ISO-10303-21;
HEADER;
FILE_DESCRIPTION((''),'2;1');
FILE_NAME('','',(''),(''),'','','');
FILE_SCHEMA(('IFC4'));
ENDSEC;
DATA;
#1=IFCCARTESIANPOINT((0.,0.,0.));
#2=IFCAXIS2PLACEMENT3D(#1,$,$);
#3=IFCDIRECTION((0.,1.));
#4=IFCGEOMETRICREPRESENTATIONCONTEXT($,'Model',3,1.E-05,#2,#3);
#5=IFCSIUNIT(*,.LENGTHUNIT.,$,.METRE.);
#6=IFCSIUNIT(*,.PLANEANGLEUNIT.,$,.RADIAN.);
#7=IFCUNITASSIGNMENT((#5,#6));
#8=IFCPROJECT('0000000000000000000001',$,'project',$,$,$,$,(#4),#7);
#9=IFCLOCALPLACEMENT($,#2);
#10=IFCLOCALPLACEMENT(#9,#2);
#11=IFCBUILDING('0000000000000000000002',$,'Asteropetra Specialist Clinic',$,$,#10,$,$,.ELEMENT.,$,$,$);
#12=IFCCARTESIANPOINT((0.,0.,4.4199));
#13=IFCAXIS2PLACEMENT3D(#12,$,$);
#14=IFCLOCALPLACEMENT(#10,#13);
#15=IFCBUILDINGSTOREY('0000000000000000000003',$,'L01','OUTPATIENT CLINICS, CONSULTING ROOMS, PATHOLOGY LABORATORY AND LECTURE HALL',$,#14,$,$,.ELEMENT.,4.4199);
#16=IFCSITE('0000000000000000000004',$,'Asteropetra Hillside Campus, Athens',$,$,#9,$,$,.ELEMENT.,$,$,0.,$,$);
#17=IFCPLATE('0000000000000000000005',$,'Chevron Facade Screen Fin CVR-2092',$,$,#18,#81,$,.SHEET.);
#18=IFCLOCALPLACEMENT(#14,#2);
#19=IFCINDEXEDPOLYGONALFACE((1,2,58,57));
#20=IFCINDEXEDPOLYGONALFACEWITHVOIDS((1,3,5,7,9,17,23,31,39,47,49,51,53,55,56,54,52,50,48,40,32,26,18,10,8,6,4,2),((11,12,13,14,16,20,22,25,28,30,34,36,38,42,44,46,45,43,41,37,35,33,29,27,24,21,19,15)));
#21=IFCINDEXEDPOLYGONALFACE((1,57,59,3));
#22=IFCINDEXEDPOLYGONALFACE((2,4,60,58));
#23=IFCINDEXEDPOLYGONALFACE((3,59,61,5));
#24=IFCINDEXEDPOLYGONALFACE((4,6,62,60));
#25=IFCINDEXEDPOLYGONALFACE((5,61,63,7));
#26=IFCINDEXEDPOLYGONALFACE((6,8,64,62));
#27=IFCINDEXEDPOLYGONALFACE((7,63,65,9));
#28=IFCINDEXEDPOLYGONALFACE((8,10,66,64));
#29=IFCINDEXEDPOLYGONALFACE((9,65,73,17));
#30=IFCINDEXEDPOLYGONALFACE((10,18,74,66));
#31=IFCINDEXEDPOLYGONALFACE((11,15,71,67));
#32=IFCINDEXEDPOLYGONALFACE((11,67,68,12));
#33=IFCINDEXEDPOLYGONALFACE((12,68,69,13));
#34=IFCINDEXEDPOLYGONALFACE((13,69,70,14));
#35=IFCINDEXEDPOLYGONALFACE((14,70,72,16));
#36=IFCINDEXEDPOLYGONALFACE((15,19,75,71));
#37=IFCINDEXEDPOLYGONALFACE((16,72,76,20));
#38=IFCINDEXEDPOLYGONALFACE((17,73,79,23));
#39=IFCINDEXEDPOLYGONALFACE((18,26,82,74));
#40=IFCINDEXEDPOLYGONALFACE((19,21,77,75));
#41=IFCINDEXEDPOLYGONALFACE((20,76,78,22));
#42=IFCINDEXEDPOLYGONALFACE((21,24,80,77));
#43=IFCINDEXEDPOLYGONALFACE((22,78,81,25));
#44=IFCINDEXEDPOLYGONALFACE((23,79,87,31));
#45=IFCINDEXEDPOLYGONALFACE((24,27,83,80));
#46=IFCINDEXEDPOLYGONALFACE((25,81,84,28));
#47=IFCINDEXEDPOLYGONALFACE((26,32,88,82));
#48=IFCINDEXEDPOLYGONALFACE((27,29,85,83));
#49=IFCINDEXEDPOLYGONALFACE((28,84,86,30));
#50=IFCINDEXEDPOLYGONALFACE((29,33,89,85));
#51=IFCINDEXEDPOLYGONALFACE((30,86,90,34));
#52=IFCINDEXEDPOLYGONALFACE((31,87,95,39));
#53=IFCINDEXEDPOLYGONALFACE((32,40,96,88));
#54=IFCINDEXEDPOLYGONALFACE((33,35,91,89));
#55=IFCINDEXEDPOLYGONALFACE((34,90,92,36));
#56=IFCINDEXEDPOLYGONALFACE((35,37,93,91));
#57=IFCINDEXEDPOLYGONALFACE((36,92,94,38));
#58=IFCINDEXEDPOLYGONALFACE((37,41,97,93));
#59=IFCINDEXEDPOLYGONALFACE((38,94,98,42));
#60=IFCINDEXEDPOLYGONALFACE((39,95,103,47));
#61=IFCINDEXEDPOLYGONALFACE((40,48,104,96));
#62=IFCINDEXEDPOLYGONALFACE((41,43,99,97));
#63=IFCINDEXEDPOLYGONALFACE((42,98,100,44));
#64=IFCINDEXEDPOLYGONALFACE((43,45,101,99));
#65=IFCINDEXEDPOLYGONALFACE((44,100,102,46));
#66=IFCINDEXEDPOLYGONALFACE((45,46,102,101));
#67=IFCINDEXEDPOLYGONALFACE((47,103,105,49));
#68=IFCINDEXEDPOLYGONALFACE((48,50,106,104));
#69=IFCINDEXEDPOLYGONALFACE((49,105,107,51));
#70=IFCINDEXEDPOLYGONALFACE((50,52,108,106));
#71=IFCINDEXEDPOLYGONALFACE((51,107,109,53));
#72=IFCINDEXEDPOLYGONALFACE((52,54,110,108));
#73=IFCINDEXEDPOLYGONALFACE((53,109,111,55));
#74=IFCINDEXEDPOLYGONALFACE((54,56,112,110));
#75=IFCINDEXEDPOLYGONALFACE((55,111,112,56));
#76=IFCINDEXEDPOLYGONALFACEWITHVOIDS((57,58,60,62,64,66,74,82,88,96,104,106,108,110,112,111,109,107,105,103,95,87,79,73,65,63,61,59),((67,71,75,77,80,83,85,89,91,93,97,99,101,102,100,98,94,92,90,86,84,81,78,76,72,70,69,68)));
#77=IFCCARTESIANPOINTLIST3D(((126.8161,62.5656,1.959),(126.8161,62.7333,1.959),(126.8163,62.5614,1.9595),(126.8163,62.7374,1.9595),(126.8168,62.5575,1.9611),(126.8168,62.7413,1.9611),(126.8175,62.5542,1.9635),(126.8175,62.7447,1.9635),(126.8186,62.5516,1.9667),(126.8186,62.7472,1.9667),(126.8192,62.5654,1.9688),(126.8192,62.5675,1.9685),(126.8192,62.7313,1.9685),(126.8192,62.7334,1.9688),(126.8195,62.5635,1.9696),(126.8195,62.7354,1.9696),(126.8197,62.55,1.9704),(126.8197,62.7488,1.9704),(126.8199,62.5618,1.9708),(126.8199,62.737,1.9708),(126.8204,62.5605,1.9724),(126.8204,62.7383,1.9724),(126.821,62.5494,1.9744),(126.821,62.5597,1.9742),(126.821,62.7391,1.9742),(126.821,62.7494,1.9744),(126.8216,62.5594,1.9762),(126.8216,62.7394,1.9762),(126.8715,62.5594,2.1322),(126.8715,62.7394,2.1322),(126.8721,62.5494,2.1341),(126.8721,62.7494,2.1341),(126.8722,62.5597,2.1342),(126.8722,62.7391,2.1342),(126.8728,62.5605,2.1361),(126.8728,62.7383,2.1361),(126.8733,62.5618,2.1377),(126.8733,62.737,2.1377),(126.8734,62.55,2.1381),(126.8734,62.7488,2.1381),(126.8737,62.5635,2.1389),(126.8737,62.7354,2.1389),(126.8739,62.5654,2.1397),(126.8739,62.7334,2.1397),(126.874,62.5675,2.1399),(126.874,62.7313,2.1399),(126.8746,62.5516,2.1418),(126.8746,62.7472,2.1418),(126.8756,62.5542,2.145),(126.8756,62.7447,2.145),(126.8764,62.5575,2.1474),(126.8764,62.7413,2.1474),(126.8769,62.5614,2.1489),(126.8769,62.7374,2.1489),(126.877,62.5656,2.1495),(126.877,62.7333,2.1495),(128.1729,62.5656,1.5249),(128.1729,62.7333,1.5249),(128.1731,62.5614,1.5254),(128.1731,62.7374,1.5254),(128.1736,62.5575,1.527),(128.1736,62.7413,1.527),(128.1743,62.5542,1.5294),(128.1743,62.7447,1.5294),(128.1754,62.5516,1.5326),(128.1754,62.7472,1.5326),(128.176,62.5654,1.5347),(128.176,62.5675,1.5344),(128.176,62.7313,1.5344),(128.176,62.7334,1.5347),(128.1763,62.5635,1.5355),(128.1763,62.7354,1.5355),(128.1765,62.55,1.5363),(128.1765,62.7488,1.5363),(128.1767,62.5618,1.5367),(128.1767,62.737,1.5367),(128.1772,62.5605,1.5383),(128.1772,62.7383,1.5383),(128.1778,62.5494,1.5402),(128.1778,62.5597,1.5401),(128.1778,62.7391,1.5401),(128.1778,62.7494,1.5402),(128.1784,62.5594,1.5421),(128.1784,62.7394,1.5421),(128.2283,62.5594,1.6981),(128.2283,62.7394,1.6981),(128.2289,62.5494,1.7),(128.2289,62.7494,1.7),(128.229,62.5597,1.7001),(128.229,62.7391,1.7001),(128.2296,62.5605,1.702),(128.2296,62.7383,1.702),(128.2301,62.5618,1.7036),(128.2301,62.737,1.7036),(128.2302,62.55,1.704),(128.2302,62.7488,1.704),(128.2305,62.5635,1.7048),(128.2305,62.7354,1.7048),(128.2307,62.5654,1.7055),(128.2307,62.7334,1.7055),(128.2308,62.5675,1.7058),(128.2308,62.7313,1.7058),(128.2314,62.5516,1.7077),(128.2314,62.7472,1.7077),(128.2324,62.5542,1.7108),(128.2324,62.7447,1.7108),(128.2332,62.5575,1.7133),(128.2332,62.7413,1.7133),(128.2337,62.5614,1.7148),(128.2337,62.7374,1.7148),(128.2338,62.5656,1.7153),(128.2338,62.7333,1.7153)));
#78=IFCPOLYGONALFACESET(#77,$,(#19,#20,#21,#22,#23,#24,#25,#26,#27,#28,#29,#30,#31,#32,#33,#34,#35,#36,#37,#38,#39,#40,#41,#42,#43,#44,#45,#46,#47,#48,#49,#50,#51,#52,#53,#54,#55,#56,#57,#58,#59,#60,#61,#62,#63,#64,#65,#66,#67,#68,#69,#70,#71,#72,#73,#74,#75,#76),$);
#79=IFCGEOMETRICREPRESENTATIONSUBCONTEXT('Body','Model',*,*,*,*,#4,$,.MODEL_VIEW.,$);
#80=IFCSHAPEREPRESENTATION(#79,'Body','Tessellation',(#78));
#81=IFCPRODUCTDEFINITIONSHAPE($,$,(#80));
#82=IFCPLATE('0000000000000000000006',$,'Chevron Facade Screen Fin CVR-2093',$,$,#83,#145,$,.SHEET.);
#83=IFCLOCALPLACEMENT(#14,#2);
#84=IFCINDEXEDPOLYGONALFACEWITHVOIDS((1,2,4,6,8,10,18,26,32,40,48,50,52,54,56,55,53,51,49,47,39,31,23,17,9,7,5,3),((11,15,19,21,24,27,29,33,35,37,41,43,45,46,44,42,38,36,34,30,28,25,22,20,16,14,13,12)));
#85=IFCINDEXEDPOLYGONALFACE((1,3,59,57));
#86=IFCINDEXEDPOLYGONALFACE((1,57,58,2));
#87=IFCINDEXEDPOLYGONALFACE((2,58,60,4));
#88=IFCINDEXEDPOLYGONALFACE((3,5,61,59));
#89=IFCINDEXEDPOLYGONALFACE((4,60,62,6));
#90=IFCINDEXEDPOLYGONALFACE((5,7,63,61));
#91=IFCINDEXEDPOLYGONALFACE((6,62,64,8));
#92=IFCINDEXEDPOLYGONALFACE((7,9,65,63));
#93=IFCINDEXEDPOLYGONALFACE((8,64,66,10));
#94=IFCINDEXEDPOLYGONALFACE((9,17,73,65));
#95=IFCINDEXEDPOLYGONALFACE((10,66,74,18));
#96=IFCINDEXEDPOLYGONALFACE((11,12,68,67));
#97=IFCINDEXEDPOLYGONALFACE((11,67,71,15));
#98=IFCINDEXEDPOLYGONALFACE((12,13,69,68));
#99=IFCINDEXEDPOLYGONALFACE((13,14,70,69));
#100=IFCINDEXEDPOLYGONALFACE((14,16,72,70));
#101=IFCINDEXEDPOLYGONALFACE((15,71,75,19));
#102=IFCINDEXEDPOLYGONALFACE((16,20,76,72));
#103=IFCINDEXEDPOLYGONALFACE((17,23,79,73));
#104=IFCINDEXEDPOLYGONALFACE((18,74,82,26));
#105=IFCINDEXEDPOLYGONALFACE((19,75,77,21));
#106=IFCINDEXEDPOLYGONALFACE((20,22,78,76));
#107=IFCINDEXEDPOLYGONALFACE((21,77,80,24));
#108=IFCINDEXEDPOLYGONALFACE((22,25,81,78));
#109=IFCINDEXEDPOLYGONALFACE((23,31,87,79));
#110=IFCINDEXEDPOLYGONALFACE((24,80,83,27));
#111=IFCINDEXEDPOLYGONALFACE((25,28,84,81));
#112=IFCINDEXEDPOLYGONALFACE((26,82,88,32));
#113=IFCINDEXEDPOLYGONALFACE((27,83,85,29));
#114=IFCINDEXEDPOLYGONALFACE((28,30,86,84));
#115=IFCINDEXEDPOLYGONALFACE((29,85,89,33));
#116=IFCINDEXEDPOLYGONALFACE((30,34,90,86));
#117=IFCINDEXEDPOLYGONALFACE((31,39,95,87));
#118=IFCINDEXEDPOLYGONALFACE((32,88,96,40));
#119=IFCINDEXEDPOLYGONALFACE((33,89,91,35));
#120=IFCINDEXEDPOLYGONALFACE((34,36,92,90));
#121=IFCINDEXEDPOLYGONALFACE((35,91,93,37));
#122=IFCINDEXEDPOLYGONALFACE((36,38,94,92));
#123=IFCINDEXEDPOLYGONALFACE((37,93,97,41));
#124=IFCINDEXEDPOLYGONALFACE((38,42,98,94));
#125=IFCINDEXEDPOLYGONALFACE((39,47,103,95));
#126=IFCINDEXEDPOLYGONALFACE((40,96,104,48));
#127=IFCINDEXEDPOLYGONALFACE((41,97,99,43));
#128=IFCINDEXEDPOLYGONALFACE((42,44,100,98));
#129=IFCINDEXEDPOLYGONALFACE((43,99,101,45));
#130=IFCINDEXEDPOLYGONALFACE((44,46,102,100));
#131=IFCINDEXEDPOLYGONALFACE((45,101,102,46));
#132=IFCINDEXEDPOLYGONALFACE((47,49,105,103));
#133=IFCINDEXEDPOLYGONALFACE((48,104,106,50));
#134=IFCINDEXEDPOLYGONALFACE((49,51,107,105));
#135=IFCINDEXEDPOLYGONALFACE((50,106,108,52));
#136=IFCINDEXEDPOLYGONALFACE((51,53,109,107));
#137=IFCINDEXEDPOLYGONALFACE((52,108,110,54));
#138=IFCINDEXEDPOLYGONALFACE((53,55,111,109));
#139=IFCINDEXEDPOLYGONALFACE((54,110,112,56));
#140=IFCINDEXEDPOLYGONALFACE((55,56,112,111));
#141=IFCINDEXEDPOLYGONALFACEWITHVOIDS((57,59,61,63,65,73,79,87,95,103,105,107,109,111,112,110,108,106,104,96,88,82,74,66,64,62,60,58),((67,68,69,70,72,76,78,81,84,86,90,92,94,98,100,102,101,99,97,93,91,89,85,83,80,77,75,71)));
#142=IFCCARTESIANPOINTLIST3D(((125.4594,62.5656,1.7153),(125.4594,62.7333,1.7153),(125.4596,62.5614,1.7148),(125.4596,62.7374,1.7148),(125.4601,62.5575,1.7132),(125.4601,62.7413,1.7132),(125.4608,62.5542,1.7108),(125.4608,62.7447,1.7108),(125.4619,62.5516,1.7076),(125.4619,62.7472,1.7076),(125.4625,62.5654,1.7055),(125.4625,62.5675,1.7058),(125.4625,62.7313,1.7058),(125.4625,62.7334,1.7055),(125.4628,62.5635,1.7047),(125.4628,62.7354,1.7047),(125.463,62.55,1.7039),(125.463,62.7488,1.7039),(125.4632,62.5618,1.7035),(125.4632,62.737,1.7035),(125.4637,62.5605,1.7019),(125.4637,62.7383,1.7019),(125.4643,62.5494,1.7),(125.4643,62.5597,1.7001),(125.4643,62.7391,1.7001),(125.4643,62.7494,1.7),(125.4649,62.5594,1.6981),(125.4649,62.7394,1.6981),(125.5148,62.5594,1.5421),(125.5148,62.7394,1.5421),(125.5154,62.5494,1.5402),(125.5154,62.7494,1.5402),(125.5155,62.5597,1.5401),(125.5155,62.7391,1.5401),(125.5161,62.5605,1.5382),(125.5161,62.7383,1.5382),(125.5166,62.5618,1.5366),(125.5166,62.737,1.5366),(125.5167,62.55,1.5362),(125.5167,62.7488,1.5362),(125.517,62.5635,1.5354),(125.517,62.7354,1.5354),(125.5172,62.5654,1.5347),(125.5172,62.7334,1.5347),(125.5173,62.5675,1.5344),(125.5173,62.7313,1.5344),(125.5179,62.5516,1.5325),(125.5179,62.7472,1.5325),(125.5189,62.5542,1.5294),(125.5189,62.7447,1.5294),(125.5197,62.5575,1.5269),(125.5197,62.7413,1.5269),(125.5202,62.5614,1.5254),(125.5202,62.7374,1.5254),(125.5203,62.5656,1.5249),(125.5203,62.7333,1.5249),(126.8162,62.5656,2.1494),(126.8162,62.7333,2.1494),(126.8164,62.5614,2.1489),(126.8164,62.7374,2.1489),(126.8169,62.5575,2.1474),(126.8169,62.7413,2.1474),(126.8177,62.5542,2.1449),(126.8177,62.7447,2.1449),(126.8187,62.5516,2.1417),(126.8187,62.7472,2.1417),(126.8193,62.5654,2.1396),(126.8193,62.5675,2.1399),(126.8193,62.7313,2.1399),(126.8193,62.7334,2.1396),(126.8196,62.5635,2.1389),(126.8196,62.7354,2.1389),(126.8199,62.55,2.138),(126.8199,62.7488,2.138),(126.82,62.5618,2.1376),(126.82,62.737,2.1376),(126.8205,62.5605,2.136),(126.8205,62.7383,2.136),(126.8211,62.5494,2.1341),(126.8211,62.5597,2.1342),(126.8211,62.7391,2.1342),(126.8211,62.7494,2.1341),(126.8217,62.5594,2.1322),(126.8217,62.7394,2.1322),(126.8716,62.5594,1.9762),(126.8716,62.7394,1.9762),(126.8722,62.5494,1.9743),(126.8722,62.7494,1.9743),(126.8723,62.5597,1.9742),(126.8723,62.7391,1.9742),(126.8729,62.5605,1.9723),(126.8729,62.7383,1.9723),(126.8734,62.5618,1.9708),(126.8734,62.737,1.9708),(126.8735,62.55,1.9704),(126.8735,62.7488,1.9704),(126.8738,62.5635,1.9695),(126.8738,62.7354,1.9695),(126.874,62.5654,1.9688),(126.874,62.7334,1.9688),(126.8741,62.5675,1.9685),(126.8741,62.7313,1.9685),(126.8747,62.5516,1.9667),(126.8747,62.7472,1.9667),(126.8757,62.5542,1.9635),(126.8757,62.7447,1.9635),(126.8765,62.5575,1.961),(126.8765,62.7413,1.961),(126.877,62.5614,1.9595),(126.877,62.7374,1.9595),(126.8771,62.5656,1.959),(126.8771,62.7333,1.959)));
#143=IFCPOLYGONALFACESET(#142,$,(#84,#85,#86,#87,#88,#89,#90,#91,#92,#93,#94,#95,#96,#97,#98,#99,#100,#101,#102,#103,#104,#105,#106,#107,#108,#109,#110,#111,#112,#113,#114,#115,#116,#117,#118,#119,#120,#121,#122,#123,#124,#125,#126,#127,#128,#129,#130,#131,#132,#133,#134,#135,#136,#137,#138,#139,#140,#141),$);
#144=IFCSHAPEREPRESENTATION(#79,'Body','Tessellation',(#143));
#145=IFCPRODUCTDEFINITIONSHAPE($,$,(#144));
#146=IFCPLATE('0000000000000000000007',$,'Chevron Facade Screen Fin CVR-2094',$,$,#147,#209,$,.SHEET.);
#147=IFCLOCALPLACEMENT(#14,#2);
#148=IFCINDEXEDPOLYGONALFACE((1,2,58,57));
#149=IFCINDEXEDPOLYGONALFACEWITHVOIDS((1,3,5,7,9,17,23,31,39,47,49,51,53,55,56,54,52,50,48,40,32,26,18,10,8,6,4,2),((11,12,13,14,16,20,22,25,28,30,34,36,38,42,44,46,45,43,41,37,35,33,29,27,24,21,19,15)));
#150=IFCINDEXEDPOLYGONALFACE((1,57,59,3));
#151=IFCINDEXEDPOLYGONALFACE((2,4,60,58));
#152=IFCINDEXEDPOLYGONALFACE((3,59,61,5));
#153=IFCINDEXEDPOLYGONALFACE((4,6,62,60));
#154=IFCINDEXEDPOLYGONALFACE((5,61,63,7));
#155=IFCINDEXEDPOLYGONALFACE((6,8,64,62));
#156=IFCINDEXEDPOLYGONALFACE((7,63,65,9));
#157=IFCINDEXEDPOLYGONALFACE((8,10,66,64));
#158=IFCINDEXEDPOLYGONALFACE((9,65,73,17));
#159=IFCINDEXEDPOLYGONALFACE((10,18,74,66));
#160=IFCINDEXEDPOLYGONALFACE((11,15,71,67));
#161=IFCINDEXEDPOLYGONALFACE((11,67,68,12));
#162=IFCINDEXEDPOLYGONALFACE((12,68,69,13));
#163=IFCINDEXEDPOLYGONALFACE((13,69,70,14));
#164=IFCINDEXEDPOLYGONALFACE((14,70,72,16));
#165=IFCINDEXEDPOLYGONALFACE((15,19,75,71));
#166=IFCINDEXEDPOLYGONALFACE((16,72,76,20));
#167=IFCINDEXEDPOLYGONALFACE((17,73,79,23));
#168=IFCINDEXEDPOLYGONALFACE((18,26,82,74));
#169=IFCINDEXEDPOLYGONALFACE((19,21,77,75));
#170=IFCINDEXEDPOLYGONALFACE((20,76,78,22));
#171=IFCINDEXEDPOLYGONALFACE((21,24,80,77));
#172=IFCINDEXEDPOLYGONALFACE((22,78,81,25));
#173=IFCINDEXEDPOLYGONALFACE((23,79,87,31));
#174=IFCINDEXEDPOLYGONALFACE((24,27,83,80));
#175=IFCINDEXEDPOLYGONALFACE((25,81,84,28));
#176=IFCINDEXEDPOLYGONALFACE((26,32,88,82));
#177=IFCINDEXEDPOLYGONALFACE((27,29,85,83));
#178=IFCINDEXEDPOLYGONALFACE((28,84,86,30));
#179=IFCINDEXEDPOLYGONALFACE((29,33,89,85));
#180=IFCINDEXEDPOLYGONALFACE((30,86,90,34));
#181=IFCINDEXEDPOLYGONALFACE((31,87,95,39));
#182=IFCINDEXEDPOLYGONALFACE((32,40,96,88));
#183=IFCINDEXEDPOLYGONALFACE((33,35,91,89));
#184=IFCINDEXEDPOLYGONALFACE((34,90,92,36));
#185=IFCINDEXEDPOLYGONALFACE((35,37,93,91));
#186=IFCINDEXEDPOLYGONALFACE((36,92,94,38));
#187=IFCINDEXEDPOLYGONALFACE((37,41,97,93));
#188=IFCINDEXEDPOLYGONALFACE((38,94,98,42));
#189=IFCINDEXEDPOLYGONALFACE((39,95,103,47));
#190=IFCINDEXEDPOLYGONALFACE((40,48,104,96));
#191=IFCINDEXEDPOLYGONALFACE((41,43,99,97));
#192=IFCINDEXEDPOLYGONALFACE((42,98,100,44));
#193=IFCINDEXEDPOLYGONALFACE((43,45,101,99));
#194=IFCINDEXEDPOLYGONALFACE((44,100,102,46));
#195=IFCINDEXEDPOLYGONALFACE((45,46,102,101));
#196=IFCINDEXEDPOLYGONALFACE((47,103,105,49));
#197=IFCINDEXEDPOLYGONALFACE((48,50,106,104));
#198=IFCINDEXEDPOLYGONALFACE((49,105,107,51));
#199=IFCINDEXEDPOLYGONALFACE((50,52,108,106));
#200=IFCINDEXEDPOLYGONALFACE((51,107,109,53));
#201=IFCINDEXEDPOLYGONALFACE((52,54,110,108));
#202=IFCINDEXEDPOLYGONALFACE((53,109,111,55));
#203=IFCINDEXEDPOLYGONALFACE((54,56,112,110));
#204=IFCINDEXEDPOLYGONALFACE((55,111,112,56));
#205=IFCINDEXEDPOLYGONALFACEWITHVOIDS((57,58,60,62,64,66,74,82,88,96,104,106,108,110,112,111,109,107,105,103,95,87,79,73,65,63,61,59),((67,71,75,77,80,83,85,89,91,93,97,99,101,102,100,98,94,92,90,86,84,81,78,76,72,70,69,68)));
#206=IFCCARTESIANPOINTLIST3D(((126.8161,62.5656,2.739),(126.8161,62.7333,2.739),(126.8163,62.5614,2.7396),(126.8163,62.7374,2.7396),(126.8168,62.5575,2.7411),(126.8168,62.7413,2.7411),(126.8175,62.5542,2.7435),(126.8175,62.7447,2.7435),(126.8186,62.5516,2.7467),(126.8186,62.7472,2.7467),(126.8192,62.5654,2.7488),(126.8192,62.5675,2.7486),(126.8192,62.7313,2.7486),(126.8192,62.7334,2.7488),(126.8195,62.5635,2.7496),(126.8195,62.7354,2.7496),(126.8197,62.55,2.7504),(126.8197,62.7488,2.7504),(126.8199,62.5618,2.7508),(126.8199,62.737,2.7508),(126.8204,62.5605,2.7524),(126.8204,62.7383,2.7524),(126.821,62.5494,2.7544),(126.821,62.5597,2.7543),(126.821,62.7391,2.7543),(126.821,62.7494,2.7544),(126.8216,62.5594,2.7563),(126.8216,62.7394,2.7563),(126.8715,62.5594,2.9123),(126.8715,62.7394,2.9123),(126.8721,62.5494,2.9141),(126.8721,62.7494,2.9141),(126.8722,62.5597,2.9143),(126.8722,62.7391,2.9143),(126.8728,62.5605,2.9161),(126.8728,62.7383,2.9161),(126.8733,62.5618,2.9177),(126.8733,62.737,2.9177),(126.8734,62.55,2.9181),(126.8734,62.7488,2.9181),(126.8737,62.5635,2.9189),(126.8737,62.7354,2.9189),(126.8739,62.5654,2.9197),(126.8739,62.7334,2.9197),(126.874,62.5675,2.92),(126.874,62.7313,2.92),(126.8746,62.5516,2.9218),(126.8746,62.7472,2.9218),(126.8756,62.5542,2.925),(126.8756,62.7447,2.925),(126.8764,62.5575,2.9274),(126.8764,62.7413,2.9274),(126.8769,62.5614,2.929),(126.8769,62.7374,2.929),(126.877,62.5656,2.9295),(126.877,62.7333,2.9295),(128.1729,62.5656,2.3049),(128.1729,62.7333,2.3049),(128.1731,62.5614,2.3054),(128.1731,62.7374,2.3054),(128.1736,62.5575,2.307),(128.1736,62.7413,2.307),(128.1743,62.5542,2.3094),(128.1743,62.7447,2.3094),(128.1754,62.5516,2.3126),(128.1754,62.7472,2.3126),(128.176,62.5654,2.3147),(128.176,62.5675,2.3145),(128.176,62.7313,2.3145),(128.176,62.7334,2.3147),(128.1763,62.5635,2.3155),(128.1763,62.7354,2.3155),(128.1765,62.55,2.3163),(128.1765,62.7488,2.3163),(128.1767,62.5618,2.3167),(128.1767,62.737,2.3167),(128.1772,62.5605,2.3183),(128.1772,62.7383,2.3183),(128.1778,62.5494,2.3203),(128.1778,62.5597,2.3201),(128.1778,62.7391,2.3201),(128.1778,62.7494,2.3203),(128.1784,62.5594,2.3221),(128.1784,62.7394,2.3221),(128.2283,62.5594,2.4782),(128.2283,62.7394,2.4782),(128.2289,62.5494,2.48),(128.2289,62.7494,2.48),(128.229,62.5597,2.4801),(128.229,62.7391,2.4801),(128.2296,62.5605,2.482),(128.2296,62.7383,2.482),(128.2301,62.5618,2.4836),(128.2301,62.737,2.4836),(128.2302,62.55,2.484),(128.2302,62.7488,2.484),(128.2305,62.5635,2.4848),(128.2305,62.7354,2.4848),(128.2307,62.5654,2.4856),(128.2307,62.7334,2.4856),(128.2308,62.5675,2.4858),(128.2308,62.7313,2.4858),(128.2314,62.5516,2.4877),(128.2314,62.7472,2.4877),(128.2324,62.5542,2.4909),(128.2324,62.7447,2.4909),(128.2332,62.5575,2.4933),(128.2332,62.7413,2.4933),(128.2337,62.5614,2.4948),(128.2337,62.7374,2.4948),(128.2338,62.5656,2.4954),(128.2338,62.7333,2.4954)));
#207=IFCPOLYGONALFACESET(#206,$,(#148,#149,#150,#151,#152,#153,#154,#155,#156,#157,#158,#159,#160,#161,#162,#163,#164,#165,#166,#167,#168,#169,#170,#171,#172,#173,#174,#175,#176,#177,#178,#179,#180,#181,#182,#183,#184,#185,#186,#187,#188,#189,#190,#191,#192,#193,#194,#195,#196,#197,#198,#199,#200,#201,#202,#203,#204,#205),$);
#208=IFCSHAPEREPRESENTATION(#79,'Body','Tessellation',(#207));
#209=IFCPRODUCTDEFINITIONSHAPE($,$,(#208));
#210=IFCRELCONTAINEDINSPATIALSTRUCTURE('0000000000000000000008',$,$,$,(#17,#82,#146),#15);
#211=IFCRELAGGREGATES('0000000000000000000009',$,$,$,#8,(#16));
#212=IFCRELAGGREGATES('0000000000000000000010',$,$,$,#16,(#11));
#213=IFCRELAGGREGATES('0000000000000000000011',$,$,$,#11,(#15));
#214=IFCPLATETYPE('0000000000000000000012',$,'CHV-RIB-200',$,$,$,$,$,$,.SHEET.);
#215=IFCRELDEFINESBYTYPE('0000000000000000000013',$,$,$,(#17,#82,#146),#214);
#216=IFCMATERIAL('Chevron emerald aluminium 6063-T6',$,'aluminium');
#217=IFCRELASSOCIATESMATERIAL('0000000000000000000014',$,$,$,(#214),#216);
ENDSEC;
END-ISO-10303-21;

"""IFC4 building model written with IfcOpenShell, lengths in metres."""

from ifc_helpers import new_model, si_unit, direction, frame, origin, origin_2d, place, context, subcontext, project, spatial, hollow_rectangle, extrude, material, material_profile, profile_set, type_object, element, save


model = new_model("IFC4")

# Units and contexts
model_context = context("Model", 3, precision=1e-05, world=origin(), true_north=direction((0.0, 1.0)))
body_context = subcontext(model_context, "Body", "Model", "MODEL_VIEW")
ifc_project = project(units=[si_unit("LENGTHUNIT", "METRE"), si_unit("PLANEANGLEUNIT", "RADIAN")], contexts=[model_context])

# Site, building, storey
site_placement = place(None, origin())
site = spatial("IfcSite", under=ifc_project, at=site_placement, Name="Asteropetra Hillside Campus, Athens", CompositionType="ELEMENT", RefElevation=0.0)
building_placement = place(site_placement, origin())
building = spatial("IfcBuilding", under=site, at=building_placement, Name="Asteropetra Specialist Clinic", CompositionType="ELEMENT")
storey_placement = place(building_placement, frame((0.0, 0.0, 4.4199)))
storey = spatial("IfcBuildingStorey", under=building, at=storey_placement, Name="L01", Description="OUTPATIENT CLINICS, CONSULTING ROOMS, PATHOLOGY LABORATORY AND LECTURE HALL", CompositionType="ELEMENT", Elevation=4.4199)

# Plates
ifc_material_1 = material(Name="Chevron emerald aluminium 6063-T6", Category="aluminium")
ifc_material_profile_1 = material_profile(ifc_material_1, hollow_rectangle(XDim=0.2, YDim=0.2, WallThickness=0.01, InnerFilletRadius=0.0081, OuterFilletRadius=0.0161, at=origin_2d()), Name="SHS 200x200x10.0")
ifc_profile_set_1 = profile_set([ifc_material_profile_1], Name="Chevron emerald aluminium 6063-T6")
plate_type_1 = type_object("IfcPlateType", Name="CHV-RIB-200", PredefinedType="SHEET", material=ifc_profile_set_1)
for number, where, z_axis, x_axis, name in (
    (1, (128.2034, 62.6494, 1.6201), (-0.952436, 0.0, 0.304738), (0.0, -1.0, 0.0), "Chevron Facade Screen Fin CVR-2092"),
    (2, (126.8467, 62.6494, 2.0542), (-0.952436, 0.0, -0.304738), (0.0, -1.0, 0.0), "Chevron Facade Screen Fin CVR-2093"),
    (3, (128.2034, 62.6494, 2.4001), (-0.952436, 0.0, 0.304738), (0.0, -1.0, 0.0), "Chevron Facade Screen Fin CVR-2094"),
):
    element("IfcPlate", number, at=place(storey_placement, frame(where, z_axis=z_axis, x_axis=x_axis)), inside=storey, type_object=plate_type_1, Name=name, PredefinedType="SHEET", context=body_context, shape_type="SweptSolid", body=[
        extrude(hollow_rectangle(XDim=0.2, YDim=0.2, WallThickness=0.01, InnerFilletRadius=0.0081, OuterFilletRadius=0.0161, at=origin_2d()), origin(), (0.0, 0.0, 1.0), 1.4246),
    ])

save(model, "model.ifc")
